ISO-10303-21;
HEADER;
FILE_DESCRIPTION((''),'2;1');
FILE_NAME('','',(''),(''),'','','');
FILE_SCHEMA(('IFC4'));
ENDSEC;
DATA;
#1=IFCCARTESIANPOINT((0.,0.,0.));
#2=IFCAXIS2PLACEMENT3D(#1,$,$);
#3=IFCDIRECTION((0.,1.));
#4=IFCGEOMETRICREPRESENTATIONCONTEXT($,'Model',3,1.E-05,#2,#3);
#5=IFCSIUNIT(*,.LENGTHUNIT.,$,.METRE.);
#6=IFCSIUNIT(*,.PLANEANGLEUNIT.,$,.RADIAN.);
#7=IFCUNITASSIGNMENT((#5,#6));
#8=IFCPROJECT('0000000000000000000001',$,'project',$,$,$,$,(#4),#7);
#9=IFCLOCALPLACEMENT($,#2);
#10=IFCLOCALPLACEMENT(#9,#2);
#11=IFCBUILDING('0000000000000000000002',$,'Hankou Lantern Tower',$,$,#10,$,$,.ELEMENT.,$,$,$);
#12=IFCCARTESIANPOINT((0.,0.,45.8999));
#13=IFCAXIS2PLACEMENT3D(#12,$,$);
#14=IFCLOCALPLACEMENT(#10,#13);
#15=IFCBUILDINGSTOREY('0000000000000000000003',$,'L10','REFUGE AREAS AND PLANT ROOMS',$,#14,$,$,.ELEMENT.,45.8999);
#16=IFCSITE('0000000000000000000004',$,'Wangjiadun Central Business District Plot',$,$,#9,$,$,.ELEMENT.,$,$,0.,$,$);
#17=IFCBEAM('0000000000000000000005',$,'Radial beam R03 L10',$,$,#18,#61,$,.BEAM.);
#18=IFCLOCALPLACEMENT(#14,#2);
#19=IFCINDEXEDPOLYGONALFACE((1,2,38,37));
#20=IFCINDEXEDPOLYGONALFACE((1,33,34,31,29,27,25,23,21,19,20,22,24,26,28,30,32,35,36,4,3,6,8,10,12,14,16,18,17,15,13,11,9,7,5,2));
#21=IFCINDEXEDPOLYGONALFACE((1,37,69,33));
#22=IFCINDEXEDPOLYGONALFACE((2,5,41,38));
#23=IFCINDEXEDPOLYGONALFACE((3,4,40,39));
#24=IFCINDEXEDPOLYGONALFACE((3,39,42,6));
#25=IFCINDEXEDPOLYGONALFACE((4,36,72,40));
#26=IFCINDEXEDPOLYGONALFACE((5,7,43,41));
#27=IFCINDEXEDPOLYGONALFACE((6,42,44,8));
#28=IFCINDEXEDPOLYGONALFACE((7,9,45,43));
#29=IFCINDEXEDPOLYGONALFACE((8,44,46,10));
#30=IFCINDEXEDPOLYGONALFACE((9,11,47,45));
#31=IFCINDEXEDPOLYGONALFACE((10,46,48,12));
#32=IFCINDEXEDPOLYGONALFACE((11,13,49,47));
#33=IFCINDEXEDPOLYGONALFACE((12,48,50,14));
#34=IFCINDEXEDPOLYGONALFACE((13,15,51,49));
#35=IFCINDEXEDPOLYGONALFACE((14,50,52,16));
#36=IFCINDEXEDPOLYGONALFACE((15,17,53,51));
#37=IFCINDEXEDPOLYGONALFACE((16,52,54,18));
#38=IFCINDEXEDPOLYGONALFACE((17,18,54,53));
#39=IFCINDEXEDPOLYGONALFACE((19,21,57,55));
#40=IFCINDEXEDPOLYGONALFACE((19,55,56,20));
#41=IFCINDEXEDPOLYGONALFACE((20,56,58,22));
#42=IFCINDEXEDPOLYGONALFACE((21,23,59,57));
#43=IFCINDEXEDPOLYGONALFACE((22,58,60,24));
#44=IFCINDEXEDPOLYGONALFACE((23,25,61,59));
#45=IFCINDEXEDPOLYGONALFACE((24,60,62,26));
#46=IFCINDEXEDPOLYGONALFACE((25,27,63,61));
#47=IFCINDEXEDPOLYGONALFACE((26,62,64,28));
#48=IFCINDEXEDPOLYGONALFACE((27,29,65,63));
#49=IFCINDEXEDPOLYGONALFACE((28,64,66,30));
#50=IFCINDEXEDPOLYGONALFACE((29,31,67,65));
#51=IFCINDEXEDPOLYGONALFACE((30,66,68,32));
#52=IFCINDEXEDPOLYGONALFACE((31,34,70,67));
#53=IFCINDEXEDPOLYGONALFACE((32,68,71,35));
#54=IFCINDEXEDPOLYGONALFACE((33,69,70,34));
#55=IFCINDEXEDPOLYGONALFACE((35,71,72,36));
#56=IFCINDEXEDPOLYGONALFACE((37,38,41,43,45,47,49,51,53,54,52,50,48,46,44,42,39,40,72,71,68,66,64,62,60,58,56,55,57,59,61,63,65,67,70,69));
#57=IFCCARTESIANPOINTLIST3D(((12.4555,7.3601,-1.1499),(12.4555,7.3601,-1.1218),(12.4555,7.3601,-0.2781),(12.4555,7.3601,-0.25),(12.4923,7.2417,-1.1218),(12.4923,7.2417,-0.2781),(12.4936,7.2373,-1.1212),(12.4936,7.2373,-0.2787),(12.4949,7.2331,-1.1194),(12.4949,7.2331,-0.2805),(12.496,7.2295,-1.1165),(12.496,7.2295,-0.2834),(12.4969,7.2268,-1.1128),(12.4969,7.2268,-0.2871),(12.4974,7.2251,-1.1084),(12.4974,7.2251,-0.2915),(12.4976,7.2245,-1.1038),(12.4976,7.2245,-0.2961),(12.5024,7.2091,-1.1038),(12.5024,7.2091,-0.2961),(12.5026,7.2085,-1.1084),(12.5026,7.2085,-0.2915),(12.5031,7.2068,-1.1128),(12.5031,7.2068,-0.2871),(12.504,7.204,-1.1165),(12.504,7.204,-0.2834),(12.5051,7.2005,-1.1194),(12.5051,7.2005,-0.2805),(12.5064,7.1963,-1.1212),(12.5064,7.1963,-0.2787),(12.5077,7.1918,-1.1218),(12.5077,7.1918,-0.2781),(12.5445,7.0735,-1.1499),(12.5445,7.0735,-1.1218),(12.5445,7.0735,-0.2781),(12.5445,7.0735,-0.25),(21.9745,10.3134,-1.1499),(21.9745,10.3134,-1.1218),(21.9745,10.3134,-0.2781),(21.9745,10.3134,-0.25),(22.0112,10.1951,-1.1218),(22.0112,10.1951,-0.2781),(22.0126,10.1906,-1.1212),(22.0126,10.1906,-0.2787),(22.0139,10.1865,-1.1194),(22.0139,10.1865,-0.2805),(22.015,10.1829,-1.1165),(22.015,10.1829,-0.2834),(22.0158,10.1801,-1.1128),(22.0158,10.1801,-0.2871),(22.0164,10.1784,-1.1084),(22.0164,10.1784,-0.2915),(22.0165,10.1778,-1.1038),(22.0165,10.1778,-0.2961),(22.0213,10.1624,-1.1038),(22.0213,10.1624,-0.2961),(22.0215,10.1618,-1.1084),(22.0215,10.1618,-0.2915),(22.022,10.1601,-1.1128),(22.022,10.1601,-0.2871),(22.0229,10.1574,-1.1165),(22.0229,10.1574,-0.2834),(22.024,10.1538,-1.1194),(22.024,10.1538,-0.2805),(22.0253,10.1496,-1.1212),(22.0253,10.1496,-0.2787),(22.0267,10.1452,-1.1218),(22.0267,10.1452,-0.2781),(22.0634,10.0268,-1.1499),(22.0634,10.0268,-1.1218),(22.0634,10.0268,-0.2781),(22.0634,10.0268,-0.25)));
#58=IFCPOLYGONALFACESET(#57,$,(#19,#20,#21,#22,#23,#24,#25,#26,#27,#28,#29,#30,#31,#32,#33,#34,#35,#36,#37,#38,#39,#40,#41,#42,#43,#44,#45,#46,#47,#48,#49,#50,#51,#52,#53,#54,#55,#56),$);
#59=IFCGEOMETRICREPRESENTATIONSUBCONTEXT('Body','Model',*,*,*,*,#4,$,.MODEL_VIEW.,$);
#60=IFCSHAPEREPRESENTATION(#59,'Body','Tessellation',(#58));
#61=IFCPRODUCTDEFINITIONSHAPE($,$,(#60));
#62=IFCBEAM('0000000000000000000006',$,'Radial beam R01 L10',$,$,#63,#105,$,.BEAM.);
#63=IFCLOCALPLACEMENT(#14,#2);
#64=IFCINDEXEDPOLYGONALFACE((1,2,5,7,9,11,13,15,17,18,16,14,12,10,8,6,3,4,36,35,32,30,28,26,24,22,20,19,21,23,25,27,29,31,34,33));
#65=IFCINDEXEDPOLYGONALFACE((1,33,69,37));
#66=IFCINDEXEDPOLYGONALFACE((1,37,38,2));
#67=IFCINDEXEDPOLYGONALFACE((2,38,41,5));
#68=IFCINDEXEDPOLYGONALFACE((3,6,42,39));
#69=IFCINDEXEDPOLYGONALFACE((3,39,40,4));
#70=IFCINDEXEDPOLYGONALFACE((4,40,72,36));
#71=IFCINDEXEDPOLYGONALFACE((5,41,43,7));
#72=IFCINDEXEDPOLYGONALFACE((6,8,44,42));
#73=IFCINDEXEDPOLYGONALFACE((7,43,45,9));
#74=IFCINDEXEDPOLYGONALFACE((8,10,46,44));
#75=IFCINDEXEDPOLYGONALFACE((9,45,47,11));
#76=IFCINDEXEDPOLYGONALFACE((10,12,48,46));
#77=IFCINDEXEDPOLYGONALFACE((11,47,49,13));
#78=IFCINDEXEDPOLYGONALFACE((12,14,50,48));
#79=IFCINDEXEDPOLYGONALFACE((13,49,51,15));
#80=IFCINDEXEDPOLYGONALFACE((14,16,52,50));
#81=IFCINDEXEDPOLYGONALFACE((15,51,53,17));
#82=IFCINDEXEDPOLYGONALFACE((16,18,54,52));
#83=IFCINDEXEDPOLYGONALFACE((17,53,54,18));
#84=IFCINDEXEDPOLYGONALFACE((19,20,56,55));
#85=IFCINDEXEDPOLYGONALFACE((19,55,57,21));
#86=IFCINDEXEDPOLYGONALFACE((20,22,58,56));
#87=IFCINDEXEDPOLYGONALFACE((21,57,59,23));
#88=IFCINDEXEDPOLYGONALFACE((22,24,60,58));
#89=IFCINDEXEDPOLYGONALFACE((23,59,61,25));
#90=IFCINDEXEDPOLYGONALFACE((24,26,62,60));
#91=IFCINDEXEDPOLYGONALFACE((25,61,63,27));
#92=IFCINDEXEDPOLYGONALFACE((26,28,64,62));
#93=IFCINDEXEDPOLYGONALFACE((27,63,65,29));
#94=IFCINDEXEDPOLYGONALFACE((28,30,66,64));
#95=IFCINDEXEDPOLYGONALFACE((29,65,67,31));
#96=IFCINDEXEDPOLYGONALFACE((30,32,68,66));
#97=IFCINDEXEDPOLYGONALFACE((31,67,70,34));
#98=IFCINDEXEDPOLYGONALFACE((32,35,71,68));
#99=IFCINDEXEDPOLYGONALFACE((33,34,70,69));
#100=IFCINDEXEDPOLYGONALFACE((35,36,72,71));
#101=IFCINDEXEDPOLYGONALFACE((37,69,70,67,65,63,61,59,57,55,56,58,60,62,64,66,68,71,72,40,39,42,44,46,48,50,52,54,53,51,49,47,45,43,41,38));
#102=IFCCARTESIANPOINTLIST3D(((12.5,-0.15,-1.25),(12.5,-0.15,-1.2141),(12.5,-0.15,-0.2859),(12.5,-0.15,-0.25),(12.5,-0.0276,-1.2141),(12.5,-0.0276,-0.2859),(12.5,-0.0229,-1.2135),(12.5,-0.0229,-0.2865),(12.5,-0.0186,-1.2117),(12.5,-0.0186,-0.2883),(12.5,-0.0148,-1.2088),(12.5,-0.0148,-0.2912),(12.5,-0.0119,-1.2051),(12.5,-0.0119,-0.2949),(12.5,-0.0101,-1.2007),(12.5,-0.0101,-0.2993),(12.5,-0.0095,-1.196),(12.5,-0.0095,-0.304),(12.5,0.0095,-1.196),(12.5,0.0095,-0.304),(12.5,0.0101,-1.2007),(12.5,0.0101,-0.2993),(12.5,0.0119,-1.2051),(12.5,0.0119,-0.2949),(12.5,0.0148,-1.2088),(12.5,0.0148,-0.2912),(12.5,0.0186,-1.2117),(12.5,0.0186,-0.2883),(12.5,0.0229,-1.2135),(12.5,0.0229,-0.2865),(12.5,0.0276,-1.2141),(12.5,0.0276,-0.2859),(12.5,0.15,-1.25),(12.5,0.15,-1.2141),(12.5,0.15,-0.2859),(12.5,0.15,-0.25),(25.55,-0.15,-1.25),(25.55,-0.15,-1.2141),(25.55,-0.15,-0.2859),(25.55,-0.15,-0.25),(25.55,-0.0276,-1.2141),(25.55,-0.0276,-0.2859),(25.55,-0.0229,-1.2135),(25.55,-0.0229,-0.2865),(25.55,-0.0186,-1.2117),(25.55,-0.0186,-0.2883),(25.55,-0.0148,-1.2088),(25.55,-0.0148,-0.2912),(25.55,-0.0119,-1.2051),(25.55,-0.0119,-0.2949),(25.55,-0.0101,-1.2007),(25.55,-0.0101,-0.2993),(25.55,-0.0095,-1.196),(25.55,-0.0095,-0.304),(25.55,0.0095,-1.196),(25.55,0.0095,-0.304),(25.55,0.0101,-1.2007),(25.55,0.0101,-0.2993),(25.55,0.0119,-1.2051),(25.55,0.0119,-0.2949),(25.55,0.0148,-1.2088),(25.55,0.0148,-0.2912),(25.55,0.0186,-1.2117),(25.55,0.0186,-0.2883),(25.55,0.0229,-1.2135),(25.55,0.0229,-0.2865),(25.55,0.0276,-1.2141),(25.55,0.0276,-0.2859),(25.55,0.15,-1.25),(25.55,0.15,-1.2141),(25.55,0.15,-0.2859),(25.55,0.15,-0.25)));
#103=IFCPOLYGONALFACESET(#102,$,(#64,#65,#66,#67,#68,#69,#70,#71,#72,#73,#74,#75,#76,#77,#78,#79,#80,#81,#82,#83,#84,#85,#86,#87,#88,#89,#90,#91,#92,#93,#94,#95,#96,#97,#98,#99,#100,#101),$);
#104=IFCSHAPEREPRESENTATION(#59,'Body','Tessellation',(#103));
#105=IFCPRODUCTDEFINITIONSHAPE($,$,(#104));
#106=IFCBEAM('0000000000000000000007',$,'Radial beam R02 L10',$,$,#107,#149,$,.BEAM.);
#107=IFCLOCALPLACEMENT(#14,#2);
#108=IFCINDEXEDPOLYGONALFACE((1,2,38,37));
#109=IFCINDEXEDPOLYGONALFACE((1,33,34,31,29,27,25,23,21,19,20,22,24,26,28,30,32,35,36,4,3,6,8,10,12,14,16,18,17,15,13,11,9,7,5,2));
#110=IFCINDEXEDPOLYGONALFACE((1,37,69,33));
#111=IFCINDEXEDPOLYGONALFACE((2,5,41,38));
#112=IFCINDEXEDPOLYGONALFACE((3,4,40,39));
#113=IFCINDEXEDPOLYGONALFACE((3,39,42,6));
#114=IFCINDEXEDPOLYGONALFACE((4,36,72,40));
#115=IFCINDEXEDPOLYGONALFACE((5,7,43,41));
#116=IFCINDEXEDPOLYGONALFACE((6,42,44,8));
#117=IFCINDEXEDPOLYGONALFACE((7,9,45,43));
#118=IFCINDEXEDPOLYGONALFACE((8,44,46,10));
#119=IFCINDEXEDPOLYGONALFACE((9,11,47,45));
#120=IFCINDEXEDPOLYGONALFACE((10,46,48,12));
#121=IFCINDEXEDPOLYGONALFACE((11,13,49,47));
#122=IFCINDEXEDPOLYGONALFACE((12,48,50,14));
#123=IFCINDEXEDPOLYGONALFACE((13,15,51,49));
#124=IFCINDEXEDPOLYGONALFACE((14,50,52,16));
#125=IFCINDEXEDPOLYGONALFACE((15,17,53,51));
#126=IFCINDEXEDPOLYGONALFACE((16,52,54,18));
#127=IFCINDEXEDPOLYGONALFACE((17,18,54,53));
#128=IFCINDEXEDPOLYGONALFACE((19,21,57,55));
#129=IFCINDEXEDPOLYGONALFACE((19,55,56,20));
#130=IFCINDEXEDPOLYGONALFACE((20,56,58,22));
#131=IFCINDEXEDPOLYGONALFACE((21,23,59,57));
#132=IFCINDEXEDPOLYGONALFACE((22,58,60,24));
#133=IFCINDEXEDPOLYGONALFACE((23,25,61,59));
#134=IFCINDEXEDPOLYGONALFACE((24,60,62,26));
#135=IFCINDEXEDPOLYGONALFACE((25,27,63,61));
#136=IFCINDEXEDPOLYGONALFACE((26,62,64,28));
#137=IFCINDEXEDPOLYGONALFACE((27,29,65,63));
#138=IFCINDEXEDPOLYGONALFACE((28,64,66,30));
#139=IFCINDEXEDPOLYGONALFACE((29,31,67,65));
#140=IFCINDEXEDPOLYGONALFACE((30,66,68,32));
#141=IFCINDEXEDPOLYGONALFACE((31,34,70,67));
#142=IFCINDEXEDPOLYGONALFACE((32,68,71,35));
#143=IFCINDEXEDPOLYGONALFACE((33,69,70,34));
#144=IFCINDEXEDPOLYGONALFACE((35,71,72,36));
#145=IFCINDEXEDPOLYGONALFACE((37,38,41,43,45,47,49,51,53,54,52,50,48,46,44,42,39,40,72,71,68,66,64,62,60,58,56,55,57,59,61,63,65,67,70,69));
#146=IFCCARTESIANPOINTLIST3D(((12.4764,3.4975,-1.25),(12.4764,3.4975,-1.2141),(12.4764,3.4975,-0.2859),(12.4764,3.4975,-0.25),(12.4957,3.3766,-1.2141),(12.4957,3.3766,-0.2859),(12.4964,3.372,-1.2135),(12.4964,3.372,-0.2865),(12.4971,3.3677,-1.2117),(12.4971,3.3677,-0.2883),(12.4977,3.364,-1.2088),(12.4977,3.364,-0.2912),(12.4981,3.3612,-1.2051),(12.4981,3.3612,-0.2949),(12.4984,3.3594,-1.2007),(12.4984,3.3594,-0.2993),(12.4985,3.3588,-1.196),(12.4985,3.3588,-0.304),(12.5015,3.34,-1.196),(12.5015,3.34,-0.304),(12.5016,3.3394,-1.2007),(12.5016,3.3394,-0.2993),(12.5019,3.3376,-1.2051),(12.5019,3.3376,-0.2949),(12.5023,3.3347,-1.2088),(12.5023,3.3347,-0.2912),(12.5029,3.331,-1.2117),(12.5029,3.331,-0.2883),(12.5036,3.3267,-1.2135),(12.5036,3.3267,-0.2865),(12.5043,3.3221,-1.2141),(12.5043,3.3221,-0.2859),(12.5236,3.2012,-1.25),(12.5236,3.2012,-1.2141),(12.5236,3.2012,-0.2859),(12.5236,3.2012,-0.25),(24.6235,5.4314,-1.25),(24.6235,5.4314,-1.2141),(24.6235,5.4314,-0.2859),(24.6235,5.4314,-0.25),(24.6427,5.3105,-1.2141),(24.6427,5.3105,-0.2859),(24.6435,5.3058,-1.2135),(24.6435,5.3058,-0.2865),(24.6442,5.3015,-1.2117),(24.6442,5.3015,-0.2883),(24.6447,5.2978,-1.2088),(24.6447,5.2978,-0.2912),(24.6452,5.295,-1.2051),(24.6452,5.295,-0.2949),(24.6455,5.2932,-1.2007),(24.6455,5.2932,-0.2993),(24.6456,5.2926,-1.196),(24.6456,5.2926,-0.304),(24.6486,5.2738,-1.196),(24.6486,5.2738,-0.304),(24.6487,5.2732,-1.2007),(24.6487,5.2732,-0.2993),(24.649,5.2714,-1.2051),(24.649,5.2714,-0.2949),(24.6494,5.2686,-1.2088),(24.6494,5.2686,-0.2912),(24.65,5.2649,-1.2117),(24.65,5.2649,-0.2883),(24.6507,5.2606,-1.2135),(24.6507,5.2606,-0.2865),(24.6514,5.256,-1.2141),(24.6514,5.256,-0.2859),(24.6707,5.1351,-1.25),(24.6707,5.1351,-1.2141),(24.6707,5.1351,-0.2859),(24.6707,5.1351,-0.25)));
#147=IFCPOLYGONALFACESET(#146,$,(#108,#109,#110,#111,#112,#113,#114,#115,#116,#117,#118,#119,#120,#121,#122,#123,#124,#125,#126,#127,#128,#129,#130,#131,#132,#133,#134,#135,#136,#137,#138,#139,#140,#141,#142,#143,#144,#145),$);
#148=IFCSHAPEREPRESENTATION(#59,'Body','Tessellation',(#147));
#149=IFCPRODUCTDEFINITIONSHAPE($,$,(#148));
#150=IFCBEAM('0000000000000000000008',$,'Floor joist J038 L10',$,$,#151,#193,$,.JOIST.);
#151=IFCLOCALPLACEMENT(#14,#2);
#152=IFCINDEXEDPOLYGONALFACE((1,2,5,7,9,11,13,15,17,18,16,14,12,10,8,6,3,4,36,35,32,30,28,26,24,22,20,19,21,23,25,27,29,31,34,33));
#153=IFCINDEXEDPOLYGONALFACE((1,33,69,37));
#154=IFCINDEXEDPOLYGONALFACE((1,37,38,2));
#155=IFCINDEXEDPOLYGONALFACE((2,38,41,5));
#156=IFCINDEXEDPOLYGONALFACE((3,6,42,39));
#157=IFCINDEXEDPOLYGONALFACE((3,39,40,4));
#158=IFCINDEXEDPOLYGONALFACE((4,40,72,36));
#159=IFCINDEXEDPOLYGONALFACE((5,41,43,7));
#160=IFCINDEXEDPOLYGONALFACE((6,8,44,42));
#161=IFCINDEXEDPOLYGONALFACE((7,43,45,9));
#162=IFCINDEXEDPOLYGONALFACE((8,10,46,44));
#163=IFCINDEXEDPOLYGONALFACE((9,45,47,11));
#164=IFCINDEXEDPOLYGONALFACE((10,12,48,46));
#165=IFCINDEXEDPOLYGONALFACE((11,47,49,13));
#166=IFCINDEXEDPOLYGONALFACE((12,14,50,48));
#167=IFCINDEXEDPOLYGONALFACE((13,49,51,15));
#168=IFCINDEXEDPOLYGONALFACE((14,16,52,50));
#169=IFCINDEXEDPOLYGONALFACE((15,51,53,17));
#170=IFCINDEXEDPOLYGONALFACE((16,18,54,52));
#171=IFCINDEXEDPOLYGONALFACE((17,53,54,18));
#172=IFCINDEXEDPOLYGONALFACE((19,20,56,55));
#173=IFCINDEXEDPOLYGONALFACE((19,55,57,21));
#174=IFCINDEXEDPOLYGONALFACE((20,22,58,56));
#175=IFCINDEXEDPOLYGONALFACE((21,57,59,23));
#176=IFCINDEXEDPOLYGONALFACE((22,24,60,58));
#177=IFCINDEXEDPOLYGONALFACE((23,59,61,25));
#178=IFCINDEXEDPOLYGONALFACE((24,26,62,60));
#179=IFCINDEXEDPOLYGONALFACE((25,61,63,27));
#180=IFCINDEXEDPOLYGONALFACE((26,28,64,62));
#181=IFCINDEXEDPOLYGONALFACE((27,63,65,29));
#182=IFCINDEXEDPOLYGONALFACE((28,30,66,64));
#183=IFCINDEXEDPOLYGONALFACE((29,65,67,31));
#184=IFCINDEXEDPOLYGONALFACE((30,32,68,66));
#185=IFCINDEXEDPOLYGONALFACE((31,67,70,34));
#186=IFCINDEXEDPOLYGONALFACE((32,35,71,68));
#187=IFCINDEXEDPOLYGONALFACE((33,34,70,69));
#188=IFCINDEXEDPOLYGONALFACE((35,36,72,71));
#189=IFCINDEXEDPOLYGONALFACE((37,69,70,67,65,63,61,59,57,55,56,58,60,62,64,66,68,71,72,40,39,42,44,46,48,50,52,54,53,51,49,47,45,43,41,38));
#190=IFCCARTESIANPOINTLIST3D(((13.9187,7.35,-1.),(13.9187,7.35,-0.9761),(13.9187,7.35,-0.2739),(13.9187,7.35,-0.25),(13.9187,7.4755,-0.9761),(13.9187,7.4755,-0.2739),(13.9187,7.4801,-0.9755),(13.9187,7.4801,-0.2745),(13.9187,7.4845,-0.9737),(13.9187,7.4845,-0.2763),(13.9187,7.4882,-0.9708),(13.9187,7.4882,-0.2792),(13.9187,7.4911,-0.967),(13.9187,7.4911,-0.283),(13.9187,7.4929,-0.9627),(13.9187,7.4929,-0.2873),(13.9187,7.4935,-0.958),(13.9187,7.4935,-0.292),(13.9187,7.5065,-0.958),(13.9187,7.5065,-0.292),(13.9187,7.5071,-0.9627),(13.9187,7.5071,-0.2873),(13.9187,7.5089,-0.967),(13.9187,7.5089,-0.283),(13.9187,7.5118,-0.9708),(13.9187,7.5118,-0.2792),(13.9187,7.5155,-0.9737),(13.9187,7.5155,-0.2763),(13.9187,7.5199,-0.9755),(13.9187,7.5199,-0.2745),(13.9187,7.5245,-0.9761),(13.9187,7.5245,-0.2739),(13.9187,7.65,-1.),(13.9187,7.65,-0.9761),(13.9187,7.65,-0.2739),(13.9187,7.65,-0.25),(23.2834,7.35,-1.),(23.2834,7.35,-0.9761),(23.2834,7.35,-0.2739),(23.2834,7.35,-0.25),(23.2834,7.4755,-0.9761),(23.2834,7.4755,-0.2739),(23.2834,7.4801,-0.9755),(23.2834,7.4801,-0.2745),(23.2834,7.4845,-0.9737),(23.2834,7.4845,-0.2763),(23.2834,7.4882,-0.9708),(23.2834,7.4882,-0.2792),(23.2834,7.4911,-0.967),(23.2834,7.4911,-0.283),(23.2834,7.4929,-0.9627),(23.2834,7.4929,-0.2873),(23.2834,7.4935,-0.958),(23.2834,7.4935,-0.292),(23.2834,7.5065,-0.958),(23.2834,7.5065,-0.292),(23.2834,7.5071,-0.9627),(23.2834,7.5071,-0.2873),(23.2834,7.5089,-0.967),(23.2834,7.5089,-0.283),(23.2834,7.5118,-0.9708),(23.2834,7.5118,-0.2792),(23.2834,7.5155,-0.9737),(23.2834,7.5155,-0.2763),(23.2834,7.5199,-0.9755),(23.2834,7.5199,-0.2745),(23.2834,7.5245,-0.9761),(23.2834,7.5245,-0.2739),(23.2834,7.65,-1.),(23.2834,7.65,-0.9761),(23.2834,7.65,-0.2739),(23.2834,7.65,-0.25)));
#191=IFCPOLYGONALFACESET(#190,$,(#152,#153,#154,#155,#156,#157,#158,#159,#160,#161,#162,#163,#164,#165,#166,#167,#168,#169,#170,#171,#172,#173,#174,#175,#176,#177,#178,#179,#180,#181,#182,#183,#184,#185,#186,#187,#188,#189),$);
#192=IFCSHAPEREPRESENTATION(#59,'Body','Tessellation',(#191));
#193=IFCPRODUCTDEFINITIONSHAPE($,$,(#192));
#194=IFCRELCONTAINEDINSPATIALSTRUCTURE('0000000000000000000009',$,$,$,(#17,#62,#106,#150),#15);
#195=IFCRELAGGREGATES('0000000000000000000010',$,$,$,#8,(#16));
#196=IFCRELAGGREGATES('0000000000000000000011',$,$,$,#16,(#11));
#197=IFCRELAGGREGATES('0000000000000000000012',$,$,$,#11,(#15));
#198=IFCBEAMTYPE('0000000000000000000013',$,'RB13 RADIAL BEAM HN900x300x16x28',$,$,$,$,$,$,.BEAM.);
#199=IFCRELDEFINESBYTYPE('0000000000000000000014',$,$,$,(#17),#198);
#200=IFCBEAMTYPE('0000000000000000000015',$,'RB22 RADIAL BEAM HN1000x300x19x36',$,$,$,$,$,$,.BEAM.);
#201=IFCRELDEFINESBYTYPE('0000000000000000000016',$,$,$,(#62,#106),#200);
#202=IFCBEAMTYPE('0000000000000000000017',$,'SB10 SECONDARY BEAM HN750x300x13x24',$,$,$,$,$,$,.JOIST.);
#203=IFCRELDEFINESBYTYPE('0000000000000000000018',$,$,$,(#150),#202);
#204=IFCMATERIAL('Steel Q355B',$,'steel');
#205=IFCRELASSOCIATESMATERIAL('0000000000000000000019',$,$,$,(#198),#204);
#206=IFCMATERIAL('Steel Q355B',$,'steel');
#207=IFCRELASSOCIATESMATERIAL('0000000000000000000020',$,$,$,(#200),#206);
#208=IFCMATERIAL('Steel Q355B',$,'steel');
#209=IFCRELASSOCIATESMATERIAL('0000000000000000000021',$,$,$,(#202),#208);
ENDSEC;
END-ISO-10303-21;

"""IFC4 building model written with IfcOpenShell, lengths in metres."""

from ifc_helpers import new_model, si_unit, direction, frame, origin, origin_2d, place, context, subcontext, project, spatial, i_section, extrude, material, material_profile, profile_set, type_object, element, save


model = new_model("IFC4")

# Units and contexts
model_context = context("Model", 3, precision=1e-05, world=origin(), true_north=direction((0.0, 1.0)))
body_context = subcontext(model_context, "Body", "Model", "MODEL_VIEW")
ifc_project = project(units=[si_unit("LENGTHUNIT", "METRE"), si_unit("PLANEANGLEUNIT", "RADIAN")], contexts=[model_context])

# Site, building, storey
site_placement = place(None, origin())
site = spatial("IfcSite", under=ifc_project, at=site_placement, Name="Wangjiadun Central Business District Plot", CompositionType="ELEMENT", RefElevation=0.0)
building_placement = place(site_placement, origin())
building = spatial("IfcBuilding", under=site, at=building_placement, Name="Hankou Lantern Tower", CompositionType="ELEMENT")
storey_placement = place(building_placement, frame((0.0, 0.0, 45.8999)))
storey = spatial("IfcBuildingStorey", under=building, at=storey_placement, Name="L10", Description="REFUGE AREAS AND PLANT ROOMS", CompositionType="ELEMENT", Elevation=45.8999)

# Beams
ifc_material_1 = material(Name="Steel Q355B", Category="steel")
ifc_material_profile_1 = material_profile(ifc_material_1, i_section(OverallWidth=0.3, OverallDepth=0.8999, WebThickness=0.0161, FlangeThickness=0.0281, FilletRadius=0.0181, at=origin_2d()), Name="HN900x300x16x28")
ifc_profile_set_1 = profile_set([ifc_material_profile_1], Name="Steel Q355B")
beam_type_1 = type_object("IfcBeamType", Name="RB13 RADIAL BEAM HN900x300x16x28", PredefinedType="BEAM", material=ifc_profile_set_1)
beam_1_placement = place(storey_placement, frame((12.5, 7.2168, -0.7), z_axis=(0.955087, 0.296324, 0.0), x_axis=(-0.296324, 0.955087, 0.0)))
element("IfcBeam", 1, at=beam_1_placement, inside=storey, type_object=beam_type_1, Name="Radial beam R03 L10", PredefinedType="BEAM", context=body_context, shape_type="SweptSolid", body=[
    extrude(i_section(OverallWidth=0.3, OverallDepth=0.8999, WebThickness=0.0161, FlangeThickness=0.0281, FilletRadius=0.0181, at=origin_2d()), origin(), (0.0, 0.0, 1.0), 9.9666),
])
ifc_material_2 = material(Name="Steel Q355B", Category="steel")
ifc_material_profile_2 = material_profile(ifc_material_2, i_section(OverallWidth=0.3, OverallDepth=1.0, WebThickness=0.019, FlangeThickness=0.0359, FilletRadius=0.0181, at=origin_2d()), Name="HN1000x300x19x36")
ifc_profile_set_2 = profile_set([ifc_material_profile_2], Name="Steel Q355B")
beam_type_2 = type_object("IfcBeamType", Name="RB22 RADIAL BEAM HN1000x300x19x36", PredefinedType="BEAM", material=ifc_profile_set_2)
beam_2_placement = place(storey_placement, frame((12.5, 0.0, -0.75), z_axis=(1.0, 0.0, 0.0), x_axis=(0.0, 1.0, 0.0)))
element("IfcBeam", 2, at=beam_2_placement, inside=storey, type_object=beam_type_2, Name="Radial beam R01 L10", PredefinedType="BEAM", context=body_context, shape_type="SweptSolid", body=[
    extrude(i_section(OverallWidth=0.3, OverallDepth=1.0, WebThickness=0.019, FlangeThickness=0.0359, FilletRadius=0.0181, at=origin_2d()), origin(), (0.0, 0.0, 1.0), 13.05),
])
beam_3_placement = place(storey_placement, frame((12.5, 3.3494, -0.75), z_axis=(0.987563, 0.157223, 0.0), x_axis=(-0.157223, 0.987563, 0.0)))
element("IfcBeam", 3, at=beam_3_placement, inside=storey, type_object=beam_type_2, Name="Radial beam R02 L10", PredefinedType="BEAM", context=body_context, shape_type="SweptSolid", body=[
    extrude(i_section(OverallWidth=0.3, OverallDepth=1.0, WebThickness=0.019, FlangeThickness=0.0359, FilletRadius=0.0181, at=origin_2d()), origin(), (0.0, 0.0, 1.0), 12.3),
])
ifc_material_3 = material(Name="Steel Q355B", Category="steel")
ifc_material_profile_3 = material_profile(ifc_material_3, i_section(OverallWidth=0.3, OverallDepth=0.75, WebThickness=0.0129, FlangeThickness=0.0239, FilletRadius=0.0181, at=origin_2d()), Name="HN750x300x13x24")
ifc_profile_set_3 = profile_set([ifc_material_profile_3], Name="Steel Q355B")
beam_type_3 = type_object("IfcBeamType", Name="SB10 SECONDARY BEAM HN750x300x13x24", PredefinedType="JOIST", material=ifc_profile_set_3)
beam_4_placement = place(storey_placement, frame((13.9187, 7.5, -0.625), z_axis=(1.0, 0.0, 0.0), x_axis=(0.0, 1.0, 0.0)))
element("IfcBeam", 4, at=beam_4_placement, inside=storey, type_object=beam_type_3, Name="Floor joist J038 L10", PredefinedType="JOIST", context=body_context, shape_type="SweptSolid", body=[
    extrude(i_section(OverallWidth=0.3, OverallDepth=0.75, WebThickness=0.0129, FlangeThickness=0.0239, FilletRadius=0.0181, at=origin_2d()), origin(), (0.0, 0.0, 1.0), 9.3647),
])

save(model, "model.ifc")
